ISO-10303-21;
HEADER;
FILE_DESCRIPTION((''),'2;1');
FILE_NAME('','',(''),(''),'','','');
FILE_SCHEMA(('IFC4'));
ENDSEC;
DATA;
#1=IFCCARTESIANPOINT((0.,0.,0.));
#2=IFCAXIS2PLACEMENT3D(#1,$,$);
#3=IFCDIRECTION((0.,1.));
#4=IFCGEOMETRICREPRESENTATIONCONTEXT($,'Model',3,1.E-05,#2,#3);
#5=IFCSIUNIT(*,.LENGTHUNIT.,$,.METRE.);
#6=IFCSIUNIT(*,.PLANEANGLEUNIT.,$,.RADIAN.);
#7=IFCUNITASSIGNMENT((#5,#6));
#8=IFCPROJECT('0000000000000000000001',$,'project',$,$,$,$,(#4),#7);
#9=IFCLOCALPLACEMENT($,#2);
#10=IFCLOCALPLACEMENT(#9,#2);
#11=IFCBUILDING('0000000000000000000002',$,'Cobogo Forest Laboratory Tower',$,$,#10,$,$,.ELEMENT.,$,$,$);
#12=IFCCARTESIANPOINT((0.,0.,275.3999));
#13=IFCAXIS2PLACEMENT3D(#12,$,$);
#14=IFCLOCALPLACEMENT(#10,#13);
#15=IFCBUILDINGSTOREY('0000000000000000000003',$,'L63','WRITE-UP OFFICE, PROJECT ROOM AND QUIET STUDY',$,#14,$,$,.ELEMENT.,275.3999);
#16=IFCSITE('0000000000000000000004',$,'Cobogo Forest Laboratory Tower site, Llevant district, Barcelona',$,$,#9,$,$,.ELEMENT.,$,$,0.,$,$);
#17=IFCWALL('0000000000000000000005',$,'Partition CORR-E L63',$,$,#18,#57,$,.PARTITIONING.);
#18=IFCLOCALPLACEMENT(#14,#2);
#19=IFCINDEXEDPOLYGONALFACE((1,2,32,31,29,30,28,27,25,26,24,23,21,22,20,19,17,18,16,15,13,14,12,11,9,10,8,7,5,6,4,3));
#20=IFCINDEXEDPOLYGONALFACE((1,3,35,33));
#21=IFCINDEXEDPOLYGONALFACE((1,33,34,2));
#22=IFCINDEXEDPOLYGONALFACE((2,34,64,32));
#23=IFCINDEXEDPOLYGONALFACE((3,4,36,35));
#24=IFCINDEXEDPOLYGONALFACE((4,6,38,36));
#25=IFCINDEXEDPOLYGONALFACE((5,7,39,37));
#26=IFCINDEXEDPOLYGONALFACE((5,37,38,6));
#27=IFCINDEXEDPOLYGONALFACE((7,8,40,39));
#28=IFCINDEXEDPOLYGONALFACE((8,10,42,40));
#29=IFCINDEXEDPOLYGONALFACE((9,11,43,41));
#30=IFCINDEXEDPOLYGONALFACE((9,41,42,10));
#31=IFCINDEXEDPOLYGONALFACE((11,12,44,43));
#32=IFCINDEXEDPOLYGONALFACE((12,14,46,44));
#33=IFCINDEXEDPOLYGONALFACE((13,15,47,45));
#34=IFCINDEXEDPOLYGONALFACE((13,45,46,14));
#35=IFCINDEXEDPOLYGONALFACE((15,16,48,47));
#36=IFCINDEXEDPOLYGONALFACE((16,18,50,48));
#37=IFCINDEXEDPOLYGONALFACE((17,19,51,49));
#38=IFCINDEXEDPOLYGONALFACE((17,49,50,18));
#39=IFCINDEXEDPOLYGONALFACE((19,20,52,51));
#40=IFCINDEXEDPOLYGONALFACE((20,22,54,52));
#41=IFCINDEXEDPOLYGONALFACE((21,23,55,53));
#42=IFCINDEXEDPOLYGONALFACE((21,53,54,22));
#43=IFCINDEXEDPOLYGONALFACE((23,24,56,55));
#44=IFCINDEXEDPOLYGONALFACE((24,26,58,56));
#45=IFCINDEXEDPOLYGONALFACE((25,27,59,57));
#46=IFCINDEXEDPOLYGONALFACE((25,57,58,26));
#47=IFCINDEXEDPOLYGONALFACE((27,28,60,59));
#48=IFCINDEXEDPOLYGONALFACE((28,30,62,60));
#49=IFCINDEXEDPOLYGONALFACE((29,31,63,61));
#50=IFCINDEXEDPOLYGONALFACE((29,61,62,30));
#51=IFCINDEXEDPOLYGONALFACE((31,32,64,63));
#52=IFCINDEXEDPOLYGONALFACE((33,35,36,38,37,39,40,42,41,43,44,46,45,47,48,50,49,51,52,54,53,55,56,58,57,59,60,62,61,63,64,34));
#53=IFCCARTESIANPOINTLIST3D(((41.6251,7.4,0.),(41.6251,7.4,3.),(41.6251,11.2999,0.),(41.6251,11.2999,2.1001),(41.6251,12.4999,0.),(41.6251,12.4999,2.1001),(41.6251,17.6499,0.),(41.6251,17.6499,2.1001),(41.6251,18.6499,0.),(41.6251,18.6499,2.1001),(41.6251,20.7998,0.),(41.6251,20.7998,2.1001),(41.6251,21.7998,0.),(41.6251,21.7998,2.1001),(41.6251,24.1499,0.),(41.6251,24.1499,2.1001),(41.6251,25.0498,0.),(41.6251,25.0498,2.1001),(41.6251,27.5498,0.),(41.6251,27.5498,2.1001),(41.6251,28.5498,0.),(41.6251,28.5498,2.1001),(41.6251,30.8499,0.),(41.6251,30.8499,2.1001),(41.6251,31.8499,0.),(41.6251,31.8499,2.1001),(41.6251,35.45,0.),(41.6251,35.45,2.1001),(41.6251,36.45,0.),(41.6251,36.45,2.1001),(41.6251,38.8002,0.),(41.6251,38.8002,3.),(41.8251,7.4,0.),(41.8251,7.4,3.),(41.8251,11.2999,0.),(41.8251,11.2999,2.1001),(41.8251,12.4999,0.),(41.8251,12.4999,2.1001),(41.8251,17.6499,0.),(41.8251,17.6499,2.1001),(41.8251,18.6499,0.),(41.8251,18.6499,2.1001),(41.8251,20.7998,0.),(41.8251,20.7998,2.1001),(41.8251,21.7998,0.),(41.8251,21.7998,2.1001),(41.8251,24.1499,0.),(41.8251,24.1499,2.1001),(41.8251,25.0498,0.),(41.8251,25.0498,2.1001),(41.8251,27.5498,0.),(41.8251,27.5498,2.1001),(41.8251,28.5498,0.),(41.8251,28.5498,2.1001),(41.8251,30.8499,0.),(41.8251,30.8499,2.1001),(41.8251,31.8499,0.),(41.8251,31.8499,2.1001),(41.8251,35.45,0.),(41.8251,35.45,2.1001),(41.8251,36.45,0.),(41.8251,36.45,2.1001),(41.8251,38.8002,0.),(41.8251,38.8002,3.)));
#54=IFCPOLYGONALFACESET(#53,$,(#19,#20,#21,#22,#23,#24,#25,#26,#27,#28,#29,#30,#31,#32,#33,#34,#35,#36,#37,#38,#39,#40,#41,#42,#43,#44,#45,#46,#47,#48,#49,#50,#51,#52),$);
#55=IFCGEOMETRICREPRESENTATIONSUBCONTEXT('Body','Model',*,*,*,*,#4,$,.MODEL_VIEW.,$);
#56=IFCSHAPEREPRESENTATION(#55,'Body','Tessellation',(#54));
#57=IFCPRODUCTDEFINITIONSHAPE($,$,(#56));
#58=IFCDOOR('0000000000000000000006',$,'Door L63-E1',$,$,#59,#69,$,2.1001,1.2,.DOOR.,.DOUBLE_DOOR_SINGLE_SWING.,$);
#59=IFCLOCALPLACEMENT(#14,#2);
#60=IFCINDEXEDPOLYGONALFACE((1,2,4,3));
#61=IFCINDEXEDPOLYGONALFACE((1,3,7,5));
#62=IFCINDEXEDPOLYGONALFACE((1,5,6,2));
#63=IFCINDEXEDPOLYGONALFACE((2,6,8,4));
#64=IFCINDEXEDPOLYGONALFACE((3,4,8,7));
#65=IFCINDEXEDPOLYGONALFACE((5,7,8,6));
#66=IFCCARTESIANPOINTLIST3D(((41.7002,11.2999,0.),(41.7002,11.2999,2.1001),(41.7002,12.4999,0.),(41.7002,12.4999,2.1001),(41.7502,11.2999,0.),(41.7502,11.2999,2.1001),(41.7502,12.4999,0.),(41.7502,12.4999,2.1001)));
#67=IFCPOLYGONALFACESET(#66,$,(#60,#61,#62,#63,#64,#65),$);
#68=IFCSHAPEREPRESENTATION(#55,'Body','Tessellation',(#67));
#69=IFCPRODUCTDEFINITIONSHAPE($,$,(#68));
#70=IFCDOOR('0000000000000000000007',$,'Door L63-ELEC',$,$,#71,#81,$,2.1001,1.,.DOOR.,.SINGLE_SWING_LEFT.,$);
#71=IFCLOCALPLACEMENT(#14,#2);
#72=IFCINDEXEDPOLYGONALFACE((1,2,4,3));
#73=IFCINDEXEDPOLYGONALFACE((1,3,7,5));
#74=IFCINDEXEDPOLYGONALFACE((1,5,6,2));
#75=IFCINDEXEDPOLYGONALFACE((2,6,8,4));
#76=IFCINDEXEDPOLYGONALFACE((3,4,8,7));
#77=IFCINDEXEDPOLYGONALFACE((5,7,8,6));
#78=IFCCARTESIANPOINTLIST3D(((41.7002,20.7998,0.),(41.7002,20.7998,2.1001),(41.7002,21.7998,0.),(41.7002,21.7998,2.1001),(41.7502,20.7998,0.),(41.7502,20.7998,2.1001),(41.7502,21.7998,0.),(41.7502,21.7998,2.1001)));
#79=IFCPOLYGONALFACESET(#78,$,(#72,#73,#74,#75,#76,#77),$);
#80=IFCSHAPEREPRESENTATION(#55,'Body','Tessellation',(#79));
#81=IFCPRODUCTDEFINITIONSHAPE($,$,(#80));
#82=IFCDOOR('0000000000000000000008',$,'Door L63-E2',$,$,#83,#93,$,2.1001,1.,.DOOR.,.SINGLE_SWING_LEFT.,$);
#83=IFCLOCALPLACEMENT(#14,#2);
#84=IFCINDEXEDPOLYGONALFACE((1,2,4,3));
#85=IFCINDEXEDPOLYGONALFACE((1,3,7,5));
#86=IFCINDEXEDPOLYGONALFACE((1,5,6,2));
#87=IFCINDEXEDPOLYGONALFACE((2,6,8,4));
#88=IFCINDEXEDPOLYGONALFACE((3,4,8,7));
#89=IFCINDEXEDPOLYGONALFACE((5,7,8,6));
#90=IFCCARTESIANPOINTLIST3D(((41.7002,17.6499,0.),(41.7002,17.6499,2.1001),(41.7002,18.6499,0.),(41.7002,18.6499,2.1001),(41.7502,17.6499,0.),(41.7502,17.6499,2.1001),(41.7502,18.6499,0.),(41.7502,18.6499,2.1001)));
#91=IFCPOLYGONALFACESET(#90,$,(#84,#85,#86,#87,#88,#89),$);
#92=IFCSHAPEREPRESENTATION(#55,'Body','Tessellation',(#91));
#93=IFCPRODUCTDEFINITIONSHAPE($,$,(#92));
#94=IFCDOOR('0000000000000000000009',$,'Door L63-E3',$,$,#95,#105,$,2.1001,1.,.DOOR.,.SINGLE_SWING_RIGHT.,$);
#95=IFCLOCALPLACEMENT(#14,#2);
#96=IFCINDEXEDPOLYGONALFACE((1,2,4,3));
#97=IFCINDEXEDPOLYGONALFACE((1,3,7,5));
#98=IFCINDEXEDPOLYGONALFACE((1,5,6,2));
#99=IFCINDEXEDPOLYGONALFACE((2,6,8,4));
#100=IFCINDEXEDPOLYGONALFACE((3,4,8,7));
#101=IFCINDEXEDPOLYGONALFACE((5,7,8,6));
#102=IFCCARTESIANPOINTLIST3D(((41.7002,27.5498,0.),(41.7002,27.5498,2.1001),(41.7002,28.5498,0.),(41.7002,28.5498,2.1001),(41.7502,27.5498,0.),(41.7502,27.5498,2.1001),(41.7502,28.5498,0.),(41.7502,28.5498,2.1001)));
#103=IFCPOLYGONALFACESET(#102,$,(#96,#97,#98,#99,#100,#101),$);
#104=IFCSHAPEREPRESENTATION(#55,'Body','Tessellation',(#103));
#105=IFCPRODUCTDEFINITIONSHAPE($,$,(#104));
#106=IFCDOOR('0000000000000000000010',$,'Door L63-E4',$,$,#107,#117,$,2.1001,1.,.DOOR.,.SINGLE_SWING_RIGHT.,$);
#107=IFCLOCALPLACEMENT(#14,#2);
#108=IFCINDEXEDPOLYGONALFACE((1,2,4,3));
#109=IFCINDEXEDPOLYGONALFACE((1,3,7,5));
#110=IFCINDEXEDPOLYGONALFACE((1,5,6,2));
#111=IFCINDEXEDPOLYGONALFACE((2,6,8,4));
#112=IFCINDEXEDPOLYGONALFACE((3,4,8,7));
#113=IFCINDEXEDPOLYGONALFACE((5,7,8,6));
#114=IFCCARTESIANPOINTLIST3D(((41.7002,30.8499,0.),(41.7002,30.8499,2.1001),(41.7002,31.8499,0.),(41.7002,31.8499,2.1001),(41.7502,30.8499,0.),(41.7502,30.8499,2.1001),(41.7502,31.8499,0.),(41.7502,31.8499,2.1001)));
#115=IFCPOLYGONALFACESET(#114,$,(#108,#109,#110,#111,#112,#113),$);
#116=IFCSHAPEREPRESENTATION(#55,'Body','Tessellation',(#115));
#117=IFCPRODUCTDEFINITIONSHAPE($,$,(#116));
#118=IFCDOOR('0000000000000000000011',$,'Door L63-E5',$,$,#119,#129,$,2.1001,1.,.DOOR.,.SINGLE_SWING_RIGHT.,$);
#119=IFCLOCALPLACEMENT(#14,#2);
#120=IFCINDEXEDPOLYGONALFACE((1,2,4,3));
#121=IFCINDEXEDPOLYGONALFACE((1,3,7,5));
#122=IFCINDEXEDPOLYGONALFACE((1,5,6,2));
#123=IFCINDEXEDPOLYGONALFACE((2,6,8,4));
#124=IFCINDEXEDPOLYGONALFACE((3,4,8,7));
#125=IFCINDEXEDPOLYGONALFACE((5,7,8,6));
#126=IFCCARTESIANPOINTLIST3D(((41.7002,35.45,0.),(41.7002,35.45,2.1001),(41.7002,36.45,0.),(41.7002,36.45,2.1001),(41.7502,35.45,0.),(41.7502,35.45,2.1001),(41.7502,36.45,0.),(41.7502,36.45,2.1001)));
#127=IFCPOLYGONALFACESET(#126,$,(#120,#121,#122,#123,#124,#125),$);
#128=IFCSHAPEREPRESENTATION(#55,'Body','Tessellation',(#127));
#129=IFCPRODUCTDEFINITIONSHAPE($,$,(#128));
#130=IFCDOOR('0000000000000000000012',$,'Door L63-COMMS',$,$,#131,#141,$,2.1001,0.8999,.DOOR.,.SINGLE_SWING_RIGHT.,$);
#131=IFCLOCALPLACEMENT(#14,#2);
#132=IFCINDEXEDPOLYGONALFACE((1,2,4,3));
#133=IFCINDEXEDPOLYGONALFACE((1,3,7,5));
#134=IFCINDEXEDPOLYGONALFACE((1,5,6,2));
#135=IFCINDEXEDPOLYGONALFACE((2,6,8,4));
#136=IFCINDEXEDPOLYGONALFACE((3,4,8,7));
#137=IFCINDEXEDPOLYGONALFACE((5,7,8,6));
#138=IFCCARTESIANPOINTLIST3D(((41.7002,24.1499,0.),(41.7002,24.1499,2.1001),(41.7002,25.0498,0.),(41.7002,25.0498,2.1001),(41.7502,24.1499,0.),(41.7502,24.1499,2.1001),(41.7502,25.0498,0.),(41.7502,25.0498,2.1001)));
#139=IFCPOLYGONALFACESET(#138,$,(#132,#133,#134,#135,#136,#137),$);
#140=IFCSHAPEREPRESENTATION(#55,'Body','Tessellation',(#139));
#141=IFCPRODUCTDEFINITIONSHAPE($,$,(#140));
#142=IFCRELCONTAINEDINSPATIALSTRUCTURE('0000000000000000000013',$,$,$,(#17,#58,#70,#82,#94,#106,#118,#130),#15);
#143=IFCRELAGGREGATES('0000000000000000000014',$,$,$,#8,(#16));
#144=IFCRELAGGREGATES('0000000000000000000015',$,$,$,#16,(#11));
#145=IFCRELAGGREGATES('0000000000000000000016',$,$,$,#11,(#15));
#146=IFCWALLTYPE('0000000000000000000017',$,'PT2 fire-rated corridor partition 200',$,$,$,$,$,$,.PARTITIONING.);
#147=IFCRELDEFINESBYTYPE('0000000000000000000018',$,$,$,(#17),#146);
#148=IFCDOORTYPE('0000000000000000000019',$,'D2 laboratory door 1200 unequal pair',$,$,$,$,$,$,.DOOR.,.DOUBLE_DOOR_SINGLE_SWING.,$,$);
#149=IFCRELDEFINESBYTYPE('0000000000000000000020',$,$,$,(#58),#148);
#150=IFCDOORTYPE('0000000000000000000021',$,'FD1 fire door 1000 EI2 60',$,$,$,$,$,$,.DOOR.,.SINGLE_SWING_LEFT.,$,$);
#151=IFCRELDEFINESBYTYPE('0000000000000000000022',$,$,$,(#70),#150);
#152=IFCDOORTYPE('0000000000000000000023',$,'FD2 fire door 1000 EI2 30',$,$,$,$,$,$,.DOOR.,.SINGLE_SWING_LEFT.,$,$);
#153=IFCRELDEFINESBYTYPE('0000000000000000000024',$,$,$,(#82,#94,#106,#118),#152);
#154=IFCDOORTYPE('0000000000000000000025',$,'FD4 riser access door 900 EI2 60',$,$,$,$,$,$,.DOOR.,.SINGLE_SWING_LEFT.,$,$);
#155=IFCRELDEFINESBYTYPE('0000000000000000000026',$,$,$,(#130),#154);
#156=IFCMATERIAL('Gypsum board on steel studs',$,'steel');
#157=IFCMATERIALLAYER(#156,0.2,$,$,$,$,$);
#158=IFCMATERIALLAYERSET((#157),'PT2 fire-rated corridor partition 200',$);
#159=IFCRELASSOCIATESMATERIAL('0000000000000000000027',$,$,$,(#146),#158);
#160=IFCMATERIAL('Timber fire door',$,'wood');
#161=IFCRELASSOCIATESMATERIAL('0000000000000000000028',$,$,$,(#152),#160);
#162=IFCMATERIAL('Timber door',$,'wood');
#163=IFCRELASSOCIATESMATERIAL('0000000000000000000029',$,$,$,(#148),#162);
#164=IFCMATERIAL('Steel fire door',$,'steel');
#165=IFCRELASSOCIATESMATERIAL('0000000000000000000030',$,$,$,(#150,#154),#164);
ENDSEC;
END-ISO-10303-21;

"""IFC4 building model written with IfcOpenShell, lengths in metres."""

from ifc_helpers import new_model, si_unit, direction, frame, frame_2d, origin, place, context, subcontext, project, spatial, rectangle, extrude, material, layer, layer_set, type_object, element, fill, save


model = new_model("IFC4")

# Units and contexts
model_context = context("Model", 3, precision=1e-05, world=origin(), true_north=direction((0.0, 1.0)))
body_context = subcontext(model_context, "Body", "Model", "MODEL_VIEW")
ifc_project = project(units=[si_unit("LENGTHUNIT", "METRE"), si_unit("PLANEANGLEUNIT", "RADIAN")], contexts=[model_context])

# Site, building, storey
site_placement = place(None, origin())
site = spatial("IfcSite", under=ifc_project, at=site_placement, Name="Cobogo Forest Laboratory Tower site, Llevant district, Barcelona", CompositionType="ELEMENT", RefElevation=0.0)
building_placement = place(site_placement, origin())
building = spatial("IfcBuilding", under=site, at=building_placement, Name="Cobogo Forest Laboratory Tower", CompositionType="ELEMENT")
storey_placement = place(building_placement, frame((0.0, 0.0, 275.3999)))
storey = spatial("IfcBuildingStorey", under=building, at=storey_placement, Name="L63", Description="WRITE-UP OFFICE, PROJECT ROOM AND QUIET STUDY", CompositionType="ELEMENT", Elevation=275.3999)

# Shared definitions
ifc_material_1 = material(Name="Gypsum board on steel studs", Category="steel")

# Shared definitions
ifc_layer_1 = layer(ifc_material_1, 0.2)
ifc_layer_set_1 = layer_set([ifc_layer_1], Name="PT2 fire-rated corridor partition 200")
wall_type_1 = type_object("IfcWallType", Name="PT2 fire-rated corridor partition 200", PredefinedType="PARTITIONING", material=ifc_layer_set_1)
ifc_material_2 = material(Name="Timber fire door", Category="wood")
door_type_1 = type_object("IfcDoorType", Name="FD2 fire door 1000 EI2 30", OperationType="SINGLE_SWING_LEFT", PredefinedType="DOOR", material=ifc_material_2)

# Wall, openings, doors
wall_1_placement = place(storey_placement, frame((41.7251, 7.3999, 0.0), z_axis=(0.0, 0.0, 1.0), x_axis=(0.0, 1.0, 0.0)))
wall_1 = element("IfcWall", 1, at=wall_1_placement, inside=storey, type_object=wall_type_1, Name="Partition CORR-E L63", PredefinedType="PARTITIONING", context=body_context, shape_type="SweptSolid", body=[
    extrude(rectangle(XDim=31.4001, YDim=0.2, at=frame_2d((15.7002, 0.0))), origin(), (0.0, 0.0, 1.0), 3.0),
])
opening_1_placement = place(wall_1_placement, frame((3.8999, 0.0, 0.0)))
opening_1 = element("IfcOpeningElement", 2, at=opening_1_placement, cuts=wall_1, PredefinedType="OPENING", context=body_context, shape_type="SweptSolid", body=[
    extrude(rectangle(XDim=1.2, YDim=2.1001, at=frame_2d((0.6001, 1.05))), frame((0.0, 0.1099, 0.0), z_axis=(0.0, -1.0, 0.0), x_axis=(1.0, 0.0, 0.0)), (0.0, 0.0, 1.0), 0.22),
])
opening_2_placement = place(wall_1_placement, frame((10.25, 0.0, 0.0)))
opening_2 = element("IfcOpeningElement", 3, at=opening_2_placement, cuts=wall_1, PredefinedType="OPENING", context=body_context, shape_type="SweptSolid", body=[
    extrude(rectangle(XDim=1.0, YDim=2.1001, at=frame_2d((0.5, 1.05))), frame((0.0, 0.1099, 0.0), z_axis=(0.0, -1.0, 0.0), x_axis=(1.0, 0.0, 0.0)), (0.0, 0.0, 1.0), 0.22),
])
opening_3_placement = place(wall_1_placement, frame((13.3999, 0.0, 0.0)))
opening_3 = element("IfcOpeningElement", 4, at=opening_3_placement, cuts=wall_1, PredefinedType="OPENING", context=body_context, shape_type="SweptSolid", body=[
    extrude(rectangle(XDim=1.0, YDim=2.1001, at=frame_2d((0.5, 1.05))), frame((0.0, 0.1099, 0.0), z_axis=(0.0, -1.0, 0.0), x_axis=(1.0, 0.0, 0.0)), (0.0, 0.0, 1.0), 0.22),
])
opening_4_placement = place(wall_1_placement, frame((16.75, 0.0, 0.0)))
opening_4 = element("IfcOpeningElement", 5, at=opening_4_placement, cuts=wall_1, PredefinedType="OPENING", context=body_context, shape_type="SweptSolid", body=[
    extrude(rectangle(XDim=0.8999, YDim=2.1001, at=frame_2d((0.45, 1.05))), frame((0.0, 0.1099, 0.0), z_axis=(0.0, -1.0, 0.0), x_axis=(1.0, 0.0, 0.0)), (0.0, 0.0, 1.0), 0.22),
])
opening_5_placement = place(wall_1_placement, frame((20.1499, 0.0, 0.0)))
opening_5 = element("IfcOpeningElement", 6, at=opening_5_placement, cuts=wall_1, PredefinedType="OPENING", context=body_context, shape_type="SweptSolid", body=[
    extrude(rectangle(XDim=1.0, YDim=2.1001, at=frame_2d((0.5, 1.05))), frame((0.0, 0.1099, 0.0), z_axis=(0.0, -1.0, 0.0), x_axis=(1.0, 0.0, 0.0)), (0.0, 0.0, 1.0), 0.22),
])
opening_6_placement = place(wall_1_placement, frame((23.45, 0.0, 0.0)))
opening_6 = element("IfcOpeningElement", 7, at=opening_6_placement, cuts=wall_1, PredefinedType="OPENING", context=body_context, shape_type="SweptSolid", body=[
    extrude(rectangle(XDim=1.0, YDim=2.1001, at=frame_2d((0.5, 1.05))), frame((0.0, 0.1099, 0.0), z_axis=(0.0, -1.0, 0.0), x_axis=(1.0, 0.0, 0.0)), (0.0, 0.0, 1.0), 0.22),
])
opening_7_placement = place(wall_1_placement, frame((28.05, 0.0, 0.0)))
opening_7 = element("IfcOpeningElement", 8, at=opening_7_placement, cuts=wall_1, PredefinedType="OPENING", context=body_context, shape_type="SweptSolid", body=[
    extrude(rectangle(XDim=1.0, YDim=2.1001, at=frame_2d((0.5, 1.05))), frame((0.0, 0.1099, 0.0), z_axis=(0.0, -1.0, 0.0), x_axis=(1.0, 0.0, 0.0)), (0.0, 0.0, 1.0), 0.22),
])
ifc_material_3 = material(Name="Timber door", Category="wood")
door_type_2 = type_object("IfcDoorType", Name="D2 laboratory door 1200 unequal pair", OperationType="DOUBLE_DOOR_SINGLE_SWING", PredefinedType="DOOR", material=ifc_material_3)
door_1_placement = place(opening_1_placement, origin())
door_1 = element("IfcDoor", 9, at=door_1_placement, inside=storey, type_object=door_type_2, Name="Door L63-E1", OperationType="DOUBLE_DOOR_SINGLE_SWING", OverallHeight=2.1001, OverallWidth=1.2, PredefinedType="DOOR", context=body_context, shape_type="SweptSolid", body=[
    extrude(rectangle(XDim=1.2, YDim=2.1001, at=frame_2d((0.6001, 1.05))), frame((0.0, 0.0249, 0.0), z_axis=(0.0, -1.0, 0.0), x_axis=(1.0, 0.0, 0.0)), (0.0, 0.0, 1.0), 0.05),
])
fill(opening_1, door_1)
ifc_material_4 = material(Name="Steel fire door", Category="steel")
door_type_3 = type_object("IfcDoorType", Name="FD1 fire door 1000 EI2 60", OperationType="SINGLE_SWING_LEFT", PredefinedType="DOOR", material=ifc_material_4)
door_2_placement = place(opening_3_placement, origin())
door_2 = element("IfcDoor", 10, at=door_2_placement, inside=storey, type_object=door_type_3, Name="Door L63-ELEC", OperationType="SINGLE_SWING_LEFT", OverallHeight=2.1001, OverallWidth=1.0, PredefinedType="DOOR", context=body_context, shape_type="SweptSolid", body=[
    extrude(rectangle(XDim=1.0, YDim=2.1001, at=frame_2d((0.5, 1.05))), frame((0.0, 0.0249, 0.0), z_axis=(0.0, -1.0, 0.0), x_axis=(1.0, 0.0, 0.0)), (0.0, 0.0, 1.0), 0.05),
])
fill(opening_3, door_2)
door_3_placement = place(opening_2_placement, origin())
door_3 = element("IfcDoor", 11, at=door_3_placement, inside=storey, type_object=door_type_1, Name="Door L63-E2", OperationType="SINGLE_SWING_LEFT", OverallHeight=2.1001, OverallWidth=1.0, PredefinedType="DOOR", context=body_context, shape_type="SweptSolid", body=[
    extrude(rectangle(XDim=1.0, YDim=2.1001, at=frame_2d((0.5, 1.05))), frame((0.0, 0.0249, 0.0), z_axis=(0.0, -1.0, 0.0), x_axis=(1.0, 0.0, 0.0)), (0.0, 0.0, 1.0), 0.05),
])
fill(opening_2, door_3)
door_4_placement = place(opening_5_placement, origin())
door_4 = element("IfcDoor", 12, at=door_4_placement, inside=storey, type_object=door_type_1, Name="Door L63-E3", OperationType="SINGLE_SWING_RIGHT", OverallHeight=2.1001, OverallWidth=1.0, PredefinedType="DOOR", context=body_context, shape_type="SweptSolid", body=[
    extrude(rectangle(XDim=1.0, YDim=2.1001, at=frame_2d((0.5, 1.05))), frame((0.0, 0.0249, 0.0), z_axis=(0.0, -1.0, 0.0), x_axis=(1.0, 0.0, 0.0)), (0.0, 0.0, 1.0), 0.05),
])
fill(opening_5, door_4)
door_5_placement = place(opening_6_placement, origin())
door_5 = element("IfcDoor", 13, at=door_5_placement, inside=storey, type_object=door_type_1, Name="Door L63-E4", OperationType="SINGLE_SWING_RIGHT", OverallHeight=2.1001, OverallWidth=1.0, PredefinedType="DOOR", context=body_context, shape_type="SweptSolid", body=[
    extrude(rectangle(XDim=1.0, YDim=2.1001, at=frame_2d((0.5, 1.05))), frame((0.0, 0.0249, 0.0), z_axis=(0.0, -1.0, 0.0), x_axis=(1.0, 0.0, 0.0)), (0.0, 0.0, 1.0), 0.05),
])
fill(opening_6, door_5)
door_6_placement = place(opening_7_placement, origin())
door_6 = element("IfcDoor", 14, at=door_6_placement, inside=storey, type_object=door_type_1, Name="Door L63-E5", OperationType="SINGLE_SWING_RIGHT", OverallHeight=2.1001, OverallWidth=1.0, PredefinedType="DOOR", context=body_context, shape_type="SweptSolid", body=[
    extrude(rectangle(XDim=1.0, YDim=2.1001, at=frame_2d((0.5, 1.05))), frame((0.0, 0.0249, 0.0), z_axis=(0.0, -1.0, 0.0), x_axis=(1.0, 0.0, 0.0)), (0.0, 0.0, 1.0), 0.05),
])
fill(opening_7, door_6)
door_type_4 = type_object("IfcDoorType", Name="FD4 riser access door 900 EI2 60", OperationType="SINGLE_SWING_LEFT", PredefinedType="DOOR", material=ifc_material_4)
door_7_placement = place(opening_4_placement, origin())
door_7 = element("IfcDoor", 15, at=door_7_placement, inside=storey, type_object=door_type_4, Name="Door L63-COMMS", OperationType="SINGLE_SWING_RIGHT", OverallHeight=2.1001, OverallWidth=0.8999, PredefinedType="DOOR", context=body_context, shape_type="SweptSolid", body=[
    extrude(rectangle(XDim=0.8999, YDim=2.1001, at=frame_2d((0.45, 1.05))), frame((0.0, 0.0249, 0.0), z_axis=(0.0, -1.0, 0.0), x_axis=(1.0, 0.0, 0.0)), (0.0, 0.0, 1.0), 0.05),
])
fill(opening_4, door_7)

save(model, "model.ifc")
